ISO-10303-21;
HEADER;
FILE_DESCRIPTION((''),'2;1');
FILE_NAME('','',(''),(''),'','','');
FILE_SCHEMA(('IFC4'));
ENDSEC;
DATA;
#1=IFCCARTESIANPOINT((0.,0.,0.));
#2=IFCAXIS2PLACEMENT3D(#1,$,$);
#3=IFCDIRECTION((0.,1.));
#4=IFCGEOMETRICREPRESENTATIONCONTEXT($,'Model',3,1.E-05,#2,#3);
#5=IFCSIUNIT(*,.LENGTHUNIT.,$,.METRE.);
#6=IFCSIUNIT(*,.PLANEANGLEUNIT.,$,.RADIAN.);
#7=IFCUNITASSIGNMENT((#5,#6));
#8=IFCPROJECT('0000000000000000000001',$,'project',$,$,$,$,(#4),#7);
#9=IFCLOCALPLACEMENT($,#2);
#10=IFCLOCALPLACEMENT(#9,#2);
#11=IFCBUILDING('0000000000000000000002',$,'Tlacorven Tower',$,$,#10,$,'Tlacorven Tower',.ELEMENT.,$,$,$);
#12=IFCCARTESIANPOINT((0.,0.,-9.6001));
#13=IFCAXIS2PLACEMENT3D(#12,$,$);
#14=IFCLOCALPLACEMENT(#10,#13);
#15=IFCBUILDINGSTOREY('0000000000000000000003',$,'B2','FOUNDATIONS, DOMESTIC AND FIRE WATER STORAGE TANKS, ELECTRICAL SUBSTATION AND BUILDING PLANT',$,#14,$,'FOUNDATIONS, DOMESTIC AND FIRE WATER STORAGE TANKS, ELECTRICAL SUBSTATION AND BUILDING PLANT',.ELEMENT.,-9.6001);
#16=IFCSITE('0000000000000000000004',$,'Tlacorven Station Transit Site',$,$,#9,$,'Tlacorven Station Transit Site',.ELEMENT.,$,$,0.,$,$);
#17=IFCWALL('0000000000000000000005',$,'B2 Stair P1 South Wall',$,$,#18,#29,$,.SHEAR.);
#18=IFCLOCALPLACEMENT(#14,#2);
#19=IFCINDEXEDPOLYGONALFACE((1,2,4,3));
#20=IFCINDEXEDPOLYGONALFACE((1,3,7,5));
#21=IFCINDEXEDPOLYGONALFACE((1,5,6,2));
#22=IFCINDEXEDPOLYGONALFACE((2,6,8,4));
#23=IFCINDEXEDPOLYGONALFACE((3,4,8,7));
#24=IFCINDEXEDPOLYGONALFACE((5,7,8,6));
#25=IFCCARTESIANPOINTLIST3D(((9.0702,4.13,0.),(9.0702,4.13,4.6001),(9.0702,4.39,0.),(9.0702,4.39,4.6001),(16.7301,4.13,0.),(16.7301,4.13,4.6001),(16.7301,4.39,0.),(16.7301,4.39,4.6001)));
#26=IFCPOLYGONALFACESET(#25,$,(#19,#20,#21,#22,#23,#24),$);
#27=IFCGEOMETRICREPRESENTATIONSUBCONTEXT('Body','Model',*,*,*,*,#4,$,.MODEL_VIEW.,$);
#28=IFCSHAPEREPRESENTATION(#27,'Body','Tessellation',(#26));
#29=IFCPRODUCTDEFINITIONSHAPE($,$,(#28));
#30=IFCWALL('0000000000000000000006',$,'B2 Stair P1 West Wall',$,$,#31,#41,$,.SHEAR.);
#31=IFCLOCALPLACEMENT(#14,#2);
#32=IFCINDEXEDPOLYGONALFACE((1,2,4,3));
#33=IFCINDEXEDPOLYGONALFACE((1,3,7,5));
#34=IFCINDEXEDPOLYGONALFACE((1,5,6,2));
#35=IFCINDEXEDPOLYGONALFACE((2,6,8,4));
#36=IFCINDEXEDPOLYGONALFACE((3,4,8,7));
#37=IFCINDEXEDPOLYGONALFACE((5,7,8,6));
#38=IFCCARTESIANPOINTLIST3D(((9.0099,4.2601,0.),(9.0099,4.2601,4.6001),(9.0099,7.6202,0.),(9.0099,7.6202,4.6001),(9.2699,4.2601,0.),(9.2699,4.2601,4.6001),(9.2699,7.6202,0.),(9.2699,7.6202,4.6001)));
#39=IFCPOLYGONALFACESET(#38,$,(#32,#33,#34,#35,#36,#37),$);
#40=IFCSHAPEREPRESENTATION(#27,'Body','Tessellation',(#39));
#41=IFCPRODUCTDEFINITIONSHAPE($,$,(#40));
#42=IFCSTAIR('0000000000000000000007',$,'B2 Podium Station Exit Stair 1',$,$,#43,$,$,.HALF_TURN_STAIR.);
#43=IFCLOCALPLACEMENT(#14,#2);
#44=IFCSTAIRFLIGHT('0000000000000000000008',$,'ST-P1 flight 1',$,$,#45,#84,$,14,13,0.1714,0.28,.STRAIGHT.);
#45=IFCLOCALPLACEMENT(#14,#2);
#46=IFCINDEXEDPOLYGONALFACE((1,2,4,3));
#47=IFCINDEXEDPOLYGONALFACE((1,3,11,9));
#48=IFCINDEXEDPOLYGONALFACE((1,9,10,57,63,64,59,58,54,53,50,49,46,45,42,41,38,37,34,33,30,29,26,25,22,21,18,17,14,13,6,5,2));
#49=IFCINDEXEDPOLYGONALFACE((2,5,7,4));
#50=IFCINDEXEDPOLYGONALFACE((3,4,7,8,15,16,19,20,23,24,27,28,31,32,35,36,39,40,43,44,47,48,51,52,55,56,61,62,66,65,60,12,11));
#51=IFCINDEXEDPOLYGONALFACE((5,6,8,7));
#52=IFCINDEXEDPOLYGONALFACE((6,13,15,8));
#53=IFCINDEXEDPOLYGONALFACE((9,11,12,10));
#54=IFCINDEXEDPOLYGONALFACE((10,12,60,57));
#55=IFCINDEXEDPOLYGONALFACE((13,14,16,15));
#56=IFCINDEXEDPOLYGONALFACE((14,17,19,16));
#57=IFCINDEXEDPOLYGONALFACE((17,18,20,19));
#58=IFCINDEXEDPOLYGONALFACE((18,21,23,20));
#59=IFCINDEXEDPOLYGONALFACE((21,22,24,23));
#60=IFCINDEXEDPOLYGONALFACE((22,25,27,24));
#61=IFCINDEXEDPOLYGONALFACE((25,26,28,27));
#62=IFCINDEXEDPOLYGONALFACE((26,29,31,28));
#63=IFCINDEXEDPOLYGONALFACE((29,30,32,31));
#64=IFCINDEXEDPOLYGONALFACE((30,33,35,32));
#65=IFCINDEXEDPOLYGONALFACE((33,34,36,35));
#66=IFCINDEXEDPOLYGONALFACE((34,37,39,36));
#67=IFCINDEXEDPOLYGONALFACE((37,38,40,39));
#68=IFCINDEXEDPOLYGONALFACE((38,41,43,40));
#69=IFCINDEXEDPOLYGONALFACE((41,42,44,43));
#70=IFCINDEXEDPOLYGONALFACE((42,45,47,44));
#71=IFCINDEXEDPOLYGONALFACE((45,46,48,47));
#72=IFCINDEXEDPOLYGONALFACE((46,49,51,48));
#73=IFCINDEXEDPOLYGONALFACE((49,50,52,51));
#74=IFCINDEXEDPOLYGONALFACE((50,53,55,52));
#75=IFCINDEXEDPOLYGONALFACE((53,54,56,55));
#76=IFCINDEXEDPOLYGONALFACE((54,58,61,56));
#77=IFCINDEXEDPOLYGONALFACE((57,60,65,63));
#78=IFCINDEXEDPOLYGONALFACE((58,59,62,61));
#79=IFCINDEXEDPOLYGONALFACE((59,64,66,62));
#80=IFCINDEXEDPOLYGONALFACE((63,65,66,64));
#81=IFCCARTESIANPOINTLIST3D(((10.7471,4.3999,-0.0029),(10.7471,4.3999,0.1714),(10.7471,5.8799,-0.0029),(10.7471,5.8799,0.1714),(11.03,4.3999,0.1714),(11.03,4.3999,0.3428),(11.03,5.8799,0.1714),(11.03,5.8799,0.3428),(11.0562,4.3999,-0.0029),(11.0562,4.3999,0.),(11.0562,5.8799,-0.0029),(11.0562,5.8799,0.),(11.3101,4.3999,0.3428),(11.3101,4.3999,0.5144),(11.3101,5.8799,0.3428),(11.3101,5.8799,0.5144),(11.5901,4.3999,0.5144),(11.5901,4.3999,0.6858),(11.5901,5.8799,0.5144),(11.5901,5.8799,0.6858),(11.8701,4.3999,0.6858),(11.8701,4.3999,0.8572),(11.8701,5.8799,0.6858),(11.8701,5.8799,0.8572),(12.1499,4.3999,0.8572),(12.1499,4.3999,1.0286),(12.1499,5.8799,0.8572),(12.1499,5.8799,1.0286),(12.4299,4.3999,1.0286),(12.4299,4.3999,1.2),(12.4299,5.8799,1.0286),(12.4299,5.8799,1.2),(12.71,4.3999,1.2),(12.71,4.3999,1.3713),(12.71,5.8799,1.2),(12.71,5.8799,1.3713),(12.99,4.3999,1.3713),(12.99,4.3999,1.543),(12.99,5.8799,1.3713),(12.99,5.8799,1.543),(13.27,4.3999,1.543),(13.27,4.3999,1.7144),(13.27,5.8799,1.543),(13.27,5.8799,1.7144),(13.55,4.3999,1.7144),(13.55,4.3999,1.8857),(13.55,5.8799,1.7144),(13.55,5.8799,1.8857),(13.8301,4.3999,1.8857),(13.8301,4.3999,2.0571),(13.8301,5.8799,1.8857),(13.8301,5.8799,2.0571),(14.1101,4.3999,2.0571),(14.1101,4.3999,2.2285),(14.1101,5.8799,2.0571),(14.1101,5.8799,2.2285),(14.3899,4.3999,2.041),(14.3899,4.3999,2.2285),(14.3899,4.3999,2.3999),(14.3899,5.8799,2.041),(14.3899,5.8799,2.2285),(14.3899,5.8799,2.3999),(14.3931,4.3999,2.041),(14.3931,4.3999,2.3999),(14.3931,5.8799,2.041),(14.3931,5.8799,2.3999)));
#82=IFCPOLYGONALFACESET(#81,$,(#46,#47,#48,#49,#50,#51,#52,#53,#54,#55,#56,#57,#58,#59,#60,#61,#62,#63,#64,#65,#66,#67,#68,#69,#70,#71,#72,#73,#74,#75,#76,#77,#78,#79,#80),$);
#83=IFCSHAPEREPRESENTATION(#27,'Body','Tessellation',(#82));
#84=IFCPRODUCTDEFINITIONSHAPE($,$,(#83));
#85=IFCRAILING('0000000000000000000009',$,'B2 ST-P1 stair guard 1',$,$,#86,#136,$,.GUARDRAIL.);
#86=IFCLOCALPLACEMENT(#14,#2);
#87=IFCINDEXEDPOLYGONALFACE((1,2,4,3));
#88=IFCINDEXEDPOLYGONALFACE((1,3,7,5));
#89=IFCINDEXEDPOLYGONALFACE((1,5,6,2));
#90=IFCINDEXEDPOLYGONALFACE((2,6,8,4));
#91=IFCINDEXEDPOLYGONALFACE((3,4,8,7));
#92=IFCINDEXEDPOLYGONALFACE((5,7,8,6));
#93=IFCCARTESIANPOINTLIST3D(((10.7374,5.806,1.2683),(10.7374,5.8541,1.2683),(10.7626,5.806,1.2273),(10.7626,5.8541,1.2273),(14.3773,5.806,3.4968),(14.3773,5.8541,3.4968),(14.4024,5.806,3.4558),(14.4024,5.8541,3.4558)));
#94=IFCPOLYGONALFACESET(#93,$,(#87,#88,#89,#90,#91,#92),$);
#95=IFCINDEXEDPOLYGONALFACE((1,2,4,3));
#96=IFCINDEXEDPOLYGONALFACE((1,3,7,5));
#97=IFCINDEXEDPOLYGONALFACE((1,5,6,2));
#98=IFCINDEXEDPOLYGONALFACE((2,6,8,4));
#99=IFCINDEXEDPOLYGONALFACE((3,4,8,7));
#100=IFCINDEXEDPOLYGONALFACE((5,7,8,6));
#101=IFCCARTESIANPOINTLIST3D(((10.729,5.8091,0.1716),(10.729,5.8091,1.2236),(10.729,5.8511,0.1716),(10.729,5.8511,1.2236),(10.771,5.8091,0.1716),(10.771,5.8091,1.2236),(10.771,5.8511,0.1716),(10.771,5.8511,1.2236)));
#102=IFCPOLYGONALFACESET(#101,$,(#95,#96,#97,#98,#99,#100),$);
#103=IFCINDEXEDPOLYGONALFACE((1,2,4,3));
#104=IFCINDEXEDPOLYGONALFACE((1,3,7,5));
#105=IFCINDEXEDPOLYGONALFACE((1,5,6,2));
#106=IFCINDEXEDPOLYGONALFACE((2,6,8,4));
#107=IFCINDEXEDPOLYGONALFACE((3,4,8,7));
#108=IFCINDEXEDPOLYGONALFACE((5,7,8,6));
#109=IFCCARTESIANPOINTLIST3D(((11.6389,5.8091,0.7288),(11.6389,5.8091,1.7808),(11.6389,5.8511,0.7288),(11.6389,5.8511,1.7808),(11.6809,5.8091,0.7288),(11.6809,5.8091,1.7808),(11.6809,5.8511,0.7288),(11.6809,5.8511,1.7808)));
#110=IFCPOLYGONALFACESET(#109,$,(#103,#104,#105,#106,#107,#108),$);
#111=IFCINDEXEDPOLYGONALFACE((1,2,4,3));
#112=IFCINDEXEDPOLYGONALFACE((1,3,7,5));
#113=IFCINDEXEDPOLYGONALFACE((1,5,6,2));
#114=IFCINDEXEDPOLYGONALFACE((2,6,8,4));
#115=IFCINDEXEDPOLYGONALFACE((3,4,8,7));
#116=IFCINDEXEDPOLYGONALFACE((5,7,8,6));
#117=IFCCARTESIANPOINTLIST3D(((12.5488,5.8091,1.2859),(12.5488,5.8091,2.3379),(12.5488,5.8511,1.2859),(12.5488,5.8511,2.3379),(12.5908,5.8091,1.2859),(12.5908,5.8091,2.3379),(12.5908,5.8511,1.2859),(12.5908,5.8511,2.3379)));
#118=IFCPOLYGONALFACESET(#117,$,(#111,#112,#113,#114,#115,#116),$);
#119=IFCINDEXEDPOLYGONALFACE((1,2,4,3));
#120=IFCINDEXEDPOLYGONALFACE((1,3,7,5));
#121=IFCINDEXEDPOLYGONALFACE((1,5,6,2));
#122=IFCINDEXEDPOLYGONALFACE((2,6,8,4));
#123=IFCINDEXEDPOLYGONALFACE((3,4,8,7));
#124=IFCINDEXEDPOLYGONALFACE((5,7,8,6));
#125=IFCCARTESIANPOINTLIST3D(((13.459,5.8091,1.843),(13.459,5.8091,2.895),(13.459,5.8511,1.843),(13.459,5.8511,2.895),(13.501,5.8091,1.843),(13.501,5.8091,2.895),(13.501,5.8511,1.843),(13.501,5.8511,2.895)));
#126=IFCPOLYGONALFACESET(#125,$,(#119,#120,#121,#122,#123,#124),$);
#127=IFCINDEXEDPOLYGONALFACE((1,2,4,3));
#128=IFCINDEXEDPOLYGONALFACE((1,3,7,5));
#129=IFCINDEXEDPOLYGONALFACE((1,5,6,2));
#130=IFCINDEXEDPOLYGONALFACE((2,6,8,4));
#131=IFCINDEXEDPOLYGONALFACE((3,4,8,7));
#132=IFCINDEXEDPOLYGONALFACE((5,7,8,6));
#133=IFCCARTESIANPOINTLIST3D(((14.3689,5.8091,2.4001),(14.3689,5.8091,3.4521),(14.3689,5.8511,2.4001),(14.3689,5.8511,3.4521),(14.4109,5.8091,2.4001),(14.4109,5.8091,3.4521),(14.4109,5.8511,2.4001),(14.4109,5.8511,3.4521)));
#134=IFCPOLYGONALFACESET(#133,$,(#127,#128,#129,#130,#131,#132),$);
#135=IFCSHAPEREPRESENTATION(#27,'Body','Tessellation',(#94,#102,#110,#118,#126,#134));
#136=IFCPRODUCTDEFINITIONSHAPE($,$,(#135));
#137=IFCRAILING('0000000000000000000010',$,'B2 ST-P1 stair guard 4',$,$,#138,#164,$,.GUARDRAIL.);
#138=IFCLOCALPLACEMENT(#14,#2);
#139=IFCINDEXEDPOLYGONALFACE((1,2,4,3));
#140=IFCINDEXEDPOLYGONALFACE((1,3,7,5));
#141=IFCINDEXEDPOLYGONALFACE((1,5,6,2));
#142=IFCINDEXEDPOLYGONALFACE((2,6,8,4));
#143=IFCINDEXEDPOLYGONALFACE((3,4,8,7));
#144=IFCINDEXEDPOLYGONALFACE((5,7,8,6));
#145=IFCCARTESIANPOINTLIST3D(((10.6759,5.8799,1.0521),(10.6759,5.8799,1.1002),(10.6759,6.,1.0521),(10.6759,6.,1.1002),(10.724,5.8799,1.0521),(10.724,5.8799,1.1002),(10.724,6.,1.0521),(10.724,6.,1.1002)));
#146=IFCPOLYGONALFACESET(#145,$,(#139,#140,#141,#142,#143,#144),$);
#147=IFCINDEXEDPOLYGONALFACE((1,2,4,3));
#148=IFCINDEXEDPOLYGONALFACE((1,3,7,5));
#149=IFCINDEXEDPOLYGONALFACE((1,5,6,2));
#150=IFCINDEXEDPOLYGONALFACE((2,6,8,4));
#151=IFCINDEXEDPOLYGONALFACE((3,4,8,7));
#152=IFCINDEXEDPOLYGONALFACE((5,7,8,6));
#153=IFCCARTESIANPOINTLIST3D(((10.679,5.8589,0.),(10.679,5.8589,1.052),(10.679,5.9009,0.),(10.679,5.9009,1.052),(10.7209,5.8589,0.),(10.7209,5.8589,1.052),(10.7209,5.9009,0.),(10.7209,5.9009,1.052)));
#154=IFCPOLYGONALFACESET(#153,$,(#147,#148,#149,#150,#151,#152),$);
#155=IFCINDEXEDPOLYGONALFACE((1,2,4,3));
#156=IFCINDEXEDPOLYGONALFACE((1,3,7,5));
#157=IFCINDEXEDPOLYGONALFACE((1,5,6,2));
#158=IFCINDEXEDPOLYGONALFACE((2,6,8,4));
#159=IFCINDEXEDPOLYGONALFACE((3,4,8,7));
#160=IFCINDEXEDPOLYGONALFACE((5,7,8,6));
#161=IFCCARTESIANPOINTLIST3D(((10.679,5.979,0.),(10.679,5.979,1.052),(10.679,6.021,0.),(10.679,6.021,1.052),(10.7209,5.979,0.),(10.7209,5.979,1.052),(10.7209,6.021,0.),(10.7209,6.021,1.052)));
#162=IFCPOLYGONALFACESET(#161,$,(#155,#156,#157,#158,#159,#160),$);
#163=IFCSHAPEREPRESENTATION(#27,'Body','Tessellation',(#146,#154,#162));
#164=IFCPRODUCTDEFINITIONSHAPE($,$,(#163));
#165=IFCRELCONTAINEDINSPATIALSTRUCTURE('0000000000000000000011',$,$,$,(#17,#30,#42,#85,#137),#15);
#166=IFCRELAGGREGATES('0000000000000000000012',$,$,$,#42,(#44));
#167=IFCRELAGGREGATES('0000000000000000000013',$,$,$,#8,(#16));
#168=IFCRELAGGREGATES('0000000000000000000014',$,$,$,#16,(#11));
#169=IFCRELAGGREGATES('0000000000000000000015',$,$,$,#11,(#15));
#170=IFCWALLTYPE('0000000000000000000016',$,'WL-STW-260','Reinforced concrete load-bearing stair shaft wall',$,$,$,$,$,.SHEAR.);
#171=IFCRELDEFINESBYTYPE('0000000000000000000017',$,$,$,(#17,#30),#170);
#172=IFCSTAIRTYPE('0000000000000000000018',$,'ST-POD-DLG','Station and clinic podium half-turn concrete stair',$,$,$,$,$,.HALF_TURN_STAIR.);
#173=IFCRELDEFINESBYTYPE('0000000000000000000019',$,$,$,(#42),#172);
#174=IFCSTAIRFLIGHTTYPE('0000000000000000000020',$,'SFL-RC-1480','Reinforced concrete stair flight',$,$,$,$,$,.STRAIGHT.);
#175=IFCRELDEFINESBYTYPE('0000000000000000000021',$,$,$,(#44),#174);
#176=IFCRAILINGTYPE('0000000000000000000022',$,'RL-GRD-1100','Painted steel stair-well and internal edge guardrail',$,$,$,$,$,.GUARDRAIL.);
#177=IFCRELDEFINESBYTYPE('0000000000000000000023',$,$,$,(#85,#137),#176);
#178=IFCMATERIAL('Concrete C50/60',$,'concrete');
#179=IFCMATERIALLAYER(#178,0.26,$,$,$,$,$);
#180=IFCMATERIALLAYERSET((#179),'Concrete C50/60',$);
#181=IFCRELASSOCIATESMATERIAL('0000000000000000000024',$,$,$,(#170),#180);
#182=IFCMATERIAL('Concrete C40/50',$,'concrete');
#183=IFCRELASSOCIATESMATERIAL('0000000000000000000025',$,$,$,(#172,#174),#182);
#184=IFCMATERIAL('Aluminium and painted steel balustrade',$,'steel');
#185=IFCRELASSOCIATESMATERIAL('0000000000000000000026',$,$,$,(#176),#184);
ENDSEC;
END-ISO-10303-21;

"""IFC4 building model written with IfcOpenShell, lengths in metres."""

from ifc_helpers import new_model, si_unit, direction, frame, frame_2d, origin, origin_2d, place, context, subcontext, project, spatial, polyline, rectangle, outline, extrude, source, transform, mapped, material, layer, layer_set, type_object, element, aggregate, save


model = new_model("IFC4")

# Units and contexts
model_context = context("Model", 3, precision=1e-05, world=origin(), true_north=direction((0.0, 1.0)))
body_context = subcontext(model_context, "Body", "Model", "MODEL_VIEW")
ifc_project = project(units=[si_unit("LENGTHUNIT", "METRE"), si_unit("PLANEANGLEUNIT", "RADIAN")], contexts=[model_context])

# Site, building, storey
site_placement = place(None, origin())
site = spatial("IfcSite", under=ifc_project, at=site_placement, Name="Tlacorven Station Transit Site", LongName="Tlacorven Station Transit Site", CompositionType="ELEMENT", RefElevation=0.0)
building_placement = place(site_placement, origin())
building = spatial("IfcBuilding", under=site, at=building_placement, Name="Tlacorven Tower", LongName="Tlacorven Tower", CompositionType="ELEMENT")
storey_placement = place(building_placement, frame((0.0, 0.0, -9.6001)))
storey = spatial("IfcBuildingStorey", under=building, at=storey_placement, Name="B2", Description="FOUNDATIONS, DOMESTIC AND FIRE WATER STORAGE TANKS, ELECTRICAL SUBSTATION AND BUILDING PLANT", LongName="FOUNDATIONS, DOMESTIC AND FIRE WATER STORAGE TANKS, ELECTRICAL SUBSTATION AND BUILDING PLANT", CompositionType="ELEMENT", Elevation=-9.6001)

# Shared definitions
ifc_material_1 = material(Name="Concrete C50/60", Category="concrete")

# Shared definitions
ifc_material_2 = material(Name="Concrete C40/50", Category="concrete")

# Shared definitions
ifc_layer_1 = layer(ifc_material_1, 0.26)
ifc_layer_set_1 = layer_set([ifc_layer_1], Name="Concrete C50/60")
wall_type_1 = type_object("IfcWallType", Name="WL-STW-260", Description="Reinforced concrete load-bearing stair shaft wall", PredefinedType="SHEAR", material=ifc_layer_set_1)

# Walls
wall_1_placement = place(storey_placement, frame((9.0701, 4.26, 0.0), z_axis=(0.0, 0.0, 1.0), x_axis=(1.0, 0.0, 0.0)))
element("IfcWall", 1, at=wall_1_placement, inside=storey, type_object=wall_type_1, Name="B2 Stair P1 South Wall", PredefinedType="SHEAR", context=body_context, shape_type="SweptSolid", body=[
    extrude(rectangle(XDim=7.6599, YDim=0.26, at=frame_2d((3.8301, 0.0))), origin(), (0.0, 0.0, 1.0), 4.6001),
])
wall_2_placement = place(storey_placement, frame((9.1399, 4.26, 0.0), z_axis=(0.0, 0.0, 1.0), x_axis=(0.0, 1.0, 0.0)))
element("IfcWall", 2, at=wall_2_placement, inside=storey, type_object=wall_type_1, Name="B2 Stair P1 West Wall", PredefinedType="SHEAR", context=body_context, shape_type="SweptSolid", body=[
    extrude(rectangle(XDim=3.3601, YDim=0.26, at=frame_2d((1.6802, 0.0))), origin(), (0.0, 0.0, 1.0), 4.6001),
])

# Stair, stair flight
stair_type = type_object("IfcStairType", Name="ST-POD-DLG", Description="Station and clinic podium half-turn concrete stair", PredefinedType="HALF_TURN_STAIR", material=ifc_material_2)
stair_placement = place(storey_placement, origin())
stair = element("IfcStair", 3, at=stair_placement, inside=storey, type_object=stair_type, Name="B2 Podium Station Exit Stair 1", PredefinedType="HALF_TURN_STAIR")
stair_flight_type = type_object("IfcStairFlightType", Name="SFL-RC-1480", Description="Reinforced concrete stair flight", PredefinedType="STRAIGHT", material=ifc_material_2)
shared_shape_1 = source(origin(), body_context, "Body", "SweptSolid", [
    extrude(outline(polyline([(-0.0029, -0.0029), (-0.0029, 0.1714), (0.28, 0.1714), (0.28, 0.3428), (0.5601, 0.3428), (0.5601, 0.5144), (0.8401, 0.5144), (0.8401, 0.6858), (1.1201, 0.6858), (1.1201, 0.8572), (1.3999, 0.8572), (1.3999, 1.0286), (1.6799, 1.0286), (1.6799, 1.2), (1.96, 1.2), (1.96, 1.3713), (2.24, 1.3713), (2.24, 1.543), (2.52, 1.543), (2.52, 1.7144), (2.8, 1.7144), (2.8, 1.8857), (3.0801, 1.8857), (3.0801, 2.0571), (3.3601, 2.0571), (3.3601, 2.2285), (3.6399, 2.2285), (3.6399, 2.3999), (3.6431, 2.3999), (3.6431, 2.041), (3.6399, 2.041), (0.3062, 0.0), (0.3062, -0.0029), (-0.0029, -0.0029)])), frame((0.0, 0.74, 0.0), z_axis=(0.0, -1.0, 0.0), x_axis=(1.0, 0.0, 0.0)), (0.0, 0.0, 1.0), 1.48),
])
stair_flight_placement = place(storey_placement, frame((10.75, 5.1399, 0.0), z_axis=(0.0, 0.0, 1.0), x_axis=(1.0, 0.0, 0.0)))
stair_flight = element("IfcStairFlight", 4, at=stair_flight_placement, type_object=stair_flight_type, Name="ST-P1 flight 1", NumberOfRisers=14, NumberOfTreads=13, PredefinedType="STRAIGHT", RiserHeight=0.1714, TreadLength=0.28, context=body_context, shape_type="MappedRepresentation", body=[
    mapped(shared_shape_1, transform((0.0, 0.0, 0.0), scale=1.0)),
])
aggregate(stair, [stair_flight])

# Railings
ifc_material_3 = material(Name="Aluminium and painted steel balustrade", Category="steel")
railing_type_1 = type_object("IfcRailingType", Name="RL-GRD-1100", Description="Painted steel stair-well and internal edge guardrail", PredefinedType="GUARDRAIL", material=ifc_material_3)
shared_shape_2 = source(origin(), body_context, "Body", "SweptSolid", [
    extrude(rectangle(XDim=0.0481, YDim=0.0481, at=origin_2d()), frame((0.0, 0.0, 1.0762), z_axis=(0.85285, 0.0, 0.522156), x_axis=(0.0, 1.0, 0.0)), (0.0, 0.0, 1.0), 4.2678),
    extrude(rectangle(XDim=0.042, YDim=0.042, at=origin_2d()), origin(), (0.0, 0.0, 1.0), 1.052),
    extrude(rectangle(XDim=0.042, YDim=0.042, at=origin_2d()), frame((0.9099, 0.0, 0.5571)), (0.0, 0.0, 1.0), 1.052),
    extrude(rectangle(XDim=0.042, YDim=0.042, at=origin_2d()), frame((1.8198, 0.0, 1.1143)), (0.0, 0.0, 1.0), 1.052),
    extrude(rectangle(XDim=0.042, YDim=0.042, at=origin_2d()), frame((2.73, 0.0, 1.6714)), (0.0, 0.0, 1.0), 1.052),
    extrude(rectangle(XDim=0.042, YDim=0.042, at=origin_2d()), frame((3.6399, 0.0, 2.2285)), (0.0, 0.0, 1.0), 1.052),
])
railing_1_placement = place(storey_placement, frame((10.75, 5.8301, 0.1716)))
element("IfcRailing", 5, at=railing_1_placement, inside=storey, type_object=railing_type_1, Name="B2 ST-P1 stair guard 1", PredefinedType="GUARDRAIL", context=body_context, shape_type="MappedRepresentation", body=[
    mapped(shared_shape_2, transform((0.0, 0.0, 0.0), scale=1.0)),
])
shared_shape_3 = source(origin(), body_context, "Body", "SweptSolid", [
    extrude(rectangle(XDim=0.0481, YDim=0.0481, at=origin_2d()), frame((0.0, 0.0, 1.0762), z_axis=(0.0, 1.0, 0.0), x_axis=(-1.0, 0.0, 0.0)), (0.0, 0.0, 1.0), 0.1201),
    extrude(rectangle(XDim=0.042, YDim=0.042, at=origin_2d()), origin(), (0.0, 0.0, 1.0), 1.052),
    extrude(rectangle(XDim=0.042, YDim=0.042, at=origin_2d()), frame((0.0, 0.1201, 0.0)), (0.0, 0.0, 1.0), 1.052),
])
railing_2_placement = place(storey_placement, frame((10.7, 5.8799, 0.0)))
element("IfcRailing", 6, at=railing_2_placement, inside=storey, type_object=railing_type_1, Name="B2 ST-P1 stair guard 4", PredefinedType="GUARDRAIL", context=body_context, shape_type="MappedRepresentation", body=[
    mapped(shared_shape_3, transform((0.0, 0.0, 0.0), scale=1.0)),
])

save(model, "model.ifc")
